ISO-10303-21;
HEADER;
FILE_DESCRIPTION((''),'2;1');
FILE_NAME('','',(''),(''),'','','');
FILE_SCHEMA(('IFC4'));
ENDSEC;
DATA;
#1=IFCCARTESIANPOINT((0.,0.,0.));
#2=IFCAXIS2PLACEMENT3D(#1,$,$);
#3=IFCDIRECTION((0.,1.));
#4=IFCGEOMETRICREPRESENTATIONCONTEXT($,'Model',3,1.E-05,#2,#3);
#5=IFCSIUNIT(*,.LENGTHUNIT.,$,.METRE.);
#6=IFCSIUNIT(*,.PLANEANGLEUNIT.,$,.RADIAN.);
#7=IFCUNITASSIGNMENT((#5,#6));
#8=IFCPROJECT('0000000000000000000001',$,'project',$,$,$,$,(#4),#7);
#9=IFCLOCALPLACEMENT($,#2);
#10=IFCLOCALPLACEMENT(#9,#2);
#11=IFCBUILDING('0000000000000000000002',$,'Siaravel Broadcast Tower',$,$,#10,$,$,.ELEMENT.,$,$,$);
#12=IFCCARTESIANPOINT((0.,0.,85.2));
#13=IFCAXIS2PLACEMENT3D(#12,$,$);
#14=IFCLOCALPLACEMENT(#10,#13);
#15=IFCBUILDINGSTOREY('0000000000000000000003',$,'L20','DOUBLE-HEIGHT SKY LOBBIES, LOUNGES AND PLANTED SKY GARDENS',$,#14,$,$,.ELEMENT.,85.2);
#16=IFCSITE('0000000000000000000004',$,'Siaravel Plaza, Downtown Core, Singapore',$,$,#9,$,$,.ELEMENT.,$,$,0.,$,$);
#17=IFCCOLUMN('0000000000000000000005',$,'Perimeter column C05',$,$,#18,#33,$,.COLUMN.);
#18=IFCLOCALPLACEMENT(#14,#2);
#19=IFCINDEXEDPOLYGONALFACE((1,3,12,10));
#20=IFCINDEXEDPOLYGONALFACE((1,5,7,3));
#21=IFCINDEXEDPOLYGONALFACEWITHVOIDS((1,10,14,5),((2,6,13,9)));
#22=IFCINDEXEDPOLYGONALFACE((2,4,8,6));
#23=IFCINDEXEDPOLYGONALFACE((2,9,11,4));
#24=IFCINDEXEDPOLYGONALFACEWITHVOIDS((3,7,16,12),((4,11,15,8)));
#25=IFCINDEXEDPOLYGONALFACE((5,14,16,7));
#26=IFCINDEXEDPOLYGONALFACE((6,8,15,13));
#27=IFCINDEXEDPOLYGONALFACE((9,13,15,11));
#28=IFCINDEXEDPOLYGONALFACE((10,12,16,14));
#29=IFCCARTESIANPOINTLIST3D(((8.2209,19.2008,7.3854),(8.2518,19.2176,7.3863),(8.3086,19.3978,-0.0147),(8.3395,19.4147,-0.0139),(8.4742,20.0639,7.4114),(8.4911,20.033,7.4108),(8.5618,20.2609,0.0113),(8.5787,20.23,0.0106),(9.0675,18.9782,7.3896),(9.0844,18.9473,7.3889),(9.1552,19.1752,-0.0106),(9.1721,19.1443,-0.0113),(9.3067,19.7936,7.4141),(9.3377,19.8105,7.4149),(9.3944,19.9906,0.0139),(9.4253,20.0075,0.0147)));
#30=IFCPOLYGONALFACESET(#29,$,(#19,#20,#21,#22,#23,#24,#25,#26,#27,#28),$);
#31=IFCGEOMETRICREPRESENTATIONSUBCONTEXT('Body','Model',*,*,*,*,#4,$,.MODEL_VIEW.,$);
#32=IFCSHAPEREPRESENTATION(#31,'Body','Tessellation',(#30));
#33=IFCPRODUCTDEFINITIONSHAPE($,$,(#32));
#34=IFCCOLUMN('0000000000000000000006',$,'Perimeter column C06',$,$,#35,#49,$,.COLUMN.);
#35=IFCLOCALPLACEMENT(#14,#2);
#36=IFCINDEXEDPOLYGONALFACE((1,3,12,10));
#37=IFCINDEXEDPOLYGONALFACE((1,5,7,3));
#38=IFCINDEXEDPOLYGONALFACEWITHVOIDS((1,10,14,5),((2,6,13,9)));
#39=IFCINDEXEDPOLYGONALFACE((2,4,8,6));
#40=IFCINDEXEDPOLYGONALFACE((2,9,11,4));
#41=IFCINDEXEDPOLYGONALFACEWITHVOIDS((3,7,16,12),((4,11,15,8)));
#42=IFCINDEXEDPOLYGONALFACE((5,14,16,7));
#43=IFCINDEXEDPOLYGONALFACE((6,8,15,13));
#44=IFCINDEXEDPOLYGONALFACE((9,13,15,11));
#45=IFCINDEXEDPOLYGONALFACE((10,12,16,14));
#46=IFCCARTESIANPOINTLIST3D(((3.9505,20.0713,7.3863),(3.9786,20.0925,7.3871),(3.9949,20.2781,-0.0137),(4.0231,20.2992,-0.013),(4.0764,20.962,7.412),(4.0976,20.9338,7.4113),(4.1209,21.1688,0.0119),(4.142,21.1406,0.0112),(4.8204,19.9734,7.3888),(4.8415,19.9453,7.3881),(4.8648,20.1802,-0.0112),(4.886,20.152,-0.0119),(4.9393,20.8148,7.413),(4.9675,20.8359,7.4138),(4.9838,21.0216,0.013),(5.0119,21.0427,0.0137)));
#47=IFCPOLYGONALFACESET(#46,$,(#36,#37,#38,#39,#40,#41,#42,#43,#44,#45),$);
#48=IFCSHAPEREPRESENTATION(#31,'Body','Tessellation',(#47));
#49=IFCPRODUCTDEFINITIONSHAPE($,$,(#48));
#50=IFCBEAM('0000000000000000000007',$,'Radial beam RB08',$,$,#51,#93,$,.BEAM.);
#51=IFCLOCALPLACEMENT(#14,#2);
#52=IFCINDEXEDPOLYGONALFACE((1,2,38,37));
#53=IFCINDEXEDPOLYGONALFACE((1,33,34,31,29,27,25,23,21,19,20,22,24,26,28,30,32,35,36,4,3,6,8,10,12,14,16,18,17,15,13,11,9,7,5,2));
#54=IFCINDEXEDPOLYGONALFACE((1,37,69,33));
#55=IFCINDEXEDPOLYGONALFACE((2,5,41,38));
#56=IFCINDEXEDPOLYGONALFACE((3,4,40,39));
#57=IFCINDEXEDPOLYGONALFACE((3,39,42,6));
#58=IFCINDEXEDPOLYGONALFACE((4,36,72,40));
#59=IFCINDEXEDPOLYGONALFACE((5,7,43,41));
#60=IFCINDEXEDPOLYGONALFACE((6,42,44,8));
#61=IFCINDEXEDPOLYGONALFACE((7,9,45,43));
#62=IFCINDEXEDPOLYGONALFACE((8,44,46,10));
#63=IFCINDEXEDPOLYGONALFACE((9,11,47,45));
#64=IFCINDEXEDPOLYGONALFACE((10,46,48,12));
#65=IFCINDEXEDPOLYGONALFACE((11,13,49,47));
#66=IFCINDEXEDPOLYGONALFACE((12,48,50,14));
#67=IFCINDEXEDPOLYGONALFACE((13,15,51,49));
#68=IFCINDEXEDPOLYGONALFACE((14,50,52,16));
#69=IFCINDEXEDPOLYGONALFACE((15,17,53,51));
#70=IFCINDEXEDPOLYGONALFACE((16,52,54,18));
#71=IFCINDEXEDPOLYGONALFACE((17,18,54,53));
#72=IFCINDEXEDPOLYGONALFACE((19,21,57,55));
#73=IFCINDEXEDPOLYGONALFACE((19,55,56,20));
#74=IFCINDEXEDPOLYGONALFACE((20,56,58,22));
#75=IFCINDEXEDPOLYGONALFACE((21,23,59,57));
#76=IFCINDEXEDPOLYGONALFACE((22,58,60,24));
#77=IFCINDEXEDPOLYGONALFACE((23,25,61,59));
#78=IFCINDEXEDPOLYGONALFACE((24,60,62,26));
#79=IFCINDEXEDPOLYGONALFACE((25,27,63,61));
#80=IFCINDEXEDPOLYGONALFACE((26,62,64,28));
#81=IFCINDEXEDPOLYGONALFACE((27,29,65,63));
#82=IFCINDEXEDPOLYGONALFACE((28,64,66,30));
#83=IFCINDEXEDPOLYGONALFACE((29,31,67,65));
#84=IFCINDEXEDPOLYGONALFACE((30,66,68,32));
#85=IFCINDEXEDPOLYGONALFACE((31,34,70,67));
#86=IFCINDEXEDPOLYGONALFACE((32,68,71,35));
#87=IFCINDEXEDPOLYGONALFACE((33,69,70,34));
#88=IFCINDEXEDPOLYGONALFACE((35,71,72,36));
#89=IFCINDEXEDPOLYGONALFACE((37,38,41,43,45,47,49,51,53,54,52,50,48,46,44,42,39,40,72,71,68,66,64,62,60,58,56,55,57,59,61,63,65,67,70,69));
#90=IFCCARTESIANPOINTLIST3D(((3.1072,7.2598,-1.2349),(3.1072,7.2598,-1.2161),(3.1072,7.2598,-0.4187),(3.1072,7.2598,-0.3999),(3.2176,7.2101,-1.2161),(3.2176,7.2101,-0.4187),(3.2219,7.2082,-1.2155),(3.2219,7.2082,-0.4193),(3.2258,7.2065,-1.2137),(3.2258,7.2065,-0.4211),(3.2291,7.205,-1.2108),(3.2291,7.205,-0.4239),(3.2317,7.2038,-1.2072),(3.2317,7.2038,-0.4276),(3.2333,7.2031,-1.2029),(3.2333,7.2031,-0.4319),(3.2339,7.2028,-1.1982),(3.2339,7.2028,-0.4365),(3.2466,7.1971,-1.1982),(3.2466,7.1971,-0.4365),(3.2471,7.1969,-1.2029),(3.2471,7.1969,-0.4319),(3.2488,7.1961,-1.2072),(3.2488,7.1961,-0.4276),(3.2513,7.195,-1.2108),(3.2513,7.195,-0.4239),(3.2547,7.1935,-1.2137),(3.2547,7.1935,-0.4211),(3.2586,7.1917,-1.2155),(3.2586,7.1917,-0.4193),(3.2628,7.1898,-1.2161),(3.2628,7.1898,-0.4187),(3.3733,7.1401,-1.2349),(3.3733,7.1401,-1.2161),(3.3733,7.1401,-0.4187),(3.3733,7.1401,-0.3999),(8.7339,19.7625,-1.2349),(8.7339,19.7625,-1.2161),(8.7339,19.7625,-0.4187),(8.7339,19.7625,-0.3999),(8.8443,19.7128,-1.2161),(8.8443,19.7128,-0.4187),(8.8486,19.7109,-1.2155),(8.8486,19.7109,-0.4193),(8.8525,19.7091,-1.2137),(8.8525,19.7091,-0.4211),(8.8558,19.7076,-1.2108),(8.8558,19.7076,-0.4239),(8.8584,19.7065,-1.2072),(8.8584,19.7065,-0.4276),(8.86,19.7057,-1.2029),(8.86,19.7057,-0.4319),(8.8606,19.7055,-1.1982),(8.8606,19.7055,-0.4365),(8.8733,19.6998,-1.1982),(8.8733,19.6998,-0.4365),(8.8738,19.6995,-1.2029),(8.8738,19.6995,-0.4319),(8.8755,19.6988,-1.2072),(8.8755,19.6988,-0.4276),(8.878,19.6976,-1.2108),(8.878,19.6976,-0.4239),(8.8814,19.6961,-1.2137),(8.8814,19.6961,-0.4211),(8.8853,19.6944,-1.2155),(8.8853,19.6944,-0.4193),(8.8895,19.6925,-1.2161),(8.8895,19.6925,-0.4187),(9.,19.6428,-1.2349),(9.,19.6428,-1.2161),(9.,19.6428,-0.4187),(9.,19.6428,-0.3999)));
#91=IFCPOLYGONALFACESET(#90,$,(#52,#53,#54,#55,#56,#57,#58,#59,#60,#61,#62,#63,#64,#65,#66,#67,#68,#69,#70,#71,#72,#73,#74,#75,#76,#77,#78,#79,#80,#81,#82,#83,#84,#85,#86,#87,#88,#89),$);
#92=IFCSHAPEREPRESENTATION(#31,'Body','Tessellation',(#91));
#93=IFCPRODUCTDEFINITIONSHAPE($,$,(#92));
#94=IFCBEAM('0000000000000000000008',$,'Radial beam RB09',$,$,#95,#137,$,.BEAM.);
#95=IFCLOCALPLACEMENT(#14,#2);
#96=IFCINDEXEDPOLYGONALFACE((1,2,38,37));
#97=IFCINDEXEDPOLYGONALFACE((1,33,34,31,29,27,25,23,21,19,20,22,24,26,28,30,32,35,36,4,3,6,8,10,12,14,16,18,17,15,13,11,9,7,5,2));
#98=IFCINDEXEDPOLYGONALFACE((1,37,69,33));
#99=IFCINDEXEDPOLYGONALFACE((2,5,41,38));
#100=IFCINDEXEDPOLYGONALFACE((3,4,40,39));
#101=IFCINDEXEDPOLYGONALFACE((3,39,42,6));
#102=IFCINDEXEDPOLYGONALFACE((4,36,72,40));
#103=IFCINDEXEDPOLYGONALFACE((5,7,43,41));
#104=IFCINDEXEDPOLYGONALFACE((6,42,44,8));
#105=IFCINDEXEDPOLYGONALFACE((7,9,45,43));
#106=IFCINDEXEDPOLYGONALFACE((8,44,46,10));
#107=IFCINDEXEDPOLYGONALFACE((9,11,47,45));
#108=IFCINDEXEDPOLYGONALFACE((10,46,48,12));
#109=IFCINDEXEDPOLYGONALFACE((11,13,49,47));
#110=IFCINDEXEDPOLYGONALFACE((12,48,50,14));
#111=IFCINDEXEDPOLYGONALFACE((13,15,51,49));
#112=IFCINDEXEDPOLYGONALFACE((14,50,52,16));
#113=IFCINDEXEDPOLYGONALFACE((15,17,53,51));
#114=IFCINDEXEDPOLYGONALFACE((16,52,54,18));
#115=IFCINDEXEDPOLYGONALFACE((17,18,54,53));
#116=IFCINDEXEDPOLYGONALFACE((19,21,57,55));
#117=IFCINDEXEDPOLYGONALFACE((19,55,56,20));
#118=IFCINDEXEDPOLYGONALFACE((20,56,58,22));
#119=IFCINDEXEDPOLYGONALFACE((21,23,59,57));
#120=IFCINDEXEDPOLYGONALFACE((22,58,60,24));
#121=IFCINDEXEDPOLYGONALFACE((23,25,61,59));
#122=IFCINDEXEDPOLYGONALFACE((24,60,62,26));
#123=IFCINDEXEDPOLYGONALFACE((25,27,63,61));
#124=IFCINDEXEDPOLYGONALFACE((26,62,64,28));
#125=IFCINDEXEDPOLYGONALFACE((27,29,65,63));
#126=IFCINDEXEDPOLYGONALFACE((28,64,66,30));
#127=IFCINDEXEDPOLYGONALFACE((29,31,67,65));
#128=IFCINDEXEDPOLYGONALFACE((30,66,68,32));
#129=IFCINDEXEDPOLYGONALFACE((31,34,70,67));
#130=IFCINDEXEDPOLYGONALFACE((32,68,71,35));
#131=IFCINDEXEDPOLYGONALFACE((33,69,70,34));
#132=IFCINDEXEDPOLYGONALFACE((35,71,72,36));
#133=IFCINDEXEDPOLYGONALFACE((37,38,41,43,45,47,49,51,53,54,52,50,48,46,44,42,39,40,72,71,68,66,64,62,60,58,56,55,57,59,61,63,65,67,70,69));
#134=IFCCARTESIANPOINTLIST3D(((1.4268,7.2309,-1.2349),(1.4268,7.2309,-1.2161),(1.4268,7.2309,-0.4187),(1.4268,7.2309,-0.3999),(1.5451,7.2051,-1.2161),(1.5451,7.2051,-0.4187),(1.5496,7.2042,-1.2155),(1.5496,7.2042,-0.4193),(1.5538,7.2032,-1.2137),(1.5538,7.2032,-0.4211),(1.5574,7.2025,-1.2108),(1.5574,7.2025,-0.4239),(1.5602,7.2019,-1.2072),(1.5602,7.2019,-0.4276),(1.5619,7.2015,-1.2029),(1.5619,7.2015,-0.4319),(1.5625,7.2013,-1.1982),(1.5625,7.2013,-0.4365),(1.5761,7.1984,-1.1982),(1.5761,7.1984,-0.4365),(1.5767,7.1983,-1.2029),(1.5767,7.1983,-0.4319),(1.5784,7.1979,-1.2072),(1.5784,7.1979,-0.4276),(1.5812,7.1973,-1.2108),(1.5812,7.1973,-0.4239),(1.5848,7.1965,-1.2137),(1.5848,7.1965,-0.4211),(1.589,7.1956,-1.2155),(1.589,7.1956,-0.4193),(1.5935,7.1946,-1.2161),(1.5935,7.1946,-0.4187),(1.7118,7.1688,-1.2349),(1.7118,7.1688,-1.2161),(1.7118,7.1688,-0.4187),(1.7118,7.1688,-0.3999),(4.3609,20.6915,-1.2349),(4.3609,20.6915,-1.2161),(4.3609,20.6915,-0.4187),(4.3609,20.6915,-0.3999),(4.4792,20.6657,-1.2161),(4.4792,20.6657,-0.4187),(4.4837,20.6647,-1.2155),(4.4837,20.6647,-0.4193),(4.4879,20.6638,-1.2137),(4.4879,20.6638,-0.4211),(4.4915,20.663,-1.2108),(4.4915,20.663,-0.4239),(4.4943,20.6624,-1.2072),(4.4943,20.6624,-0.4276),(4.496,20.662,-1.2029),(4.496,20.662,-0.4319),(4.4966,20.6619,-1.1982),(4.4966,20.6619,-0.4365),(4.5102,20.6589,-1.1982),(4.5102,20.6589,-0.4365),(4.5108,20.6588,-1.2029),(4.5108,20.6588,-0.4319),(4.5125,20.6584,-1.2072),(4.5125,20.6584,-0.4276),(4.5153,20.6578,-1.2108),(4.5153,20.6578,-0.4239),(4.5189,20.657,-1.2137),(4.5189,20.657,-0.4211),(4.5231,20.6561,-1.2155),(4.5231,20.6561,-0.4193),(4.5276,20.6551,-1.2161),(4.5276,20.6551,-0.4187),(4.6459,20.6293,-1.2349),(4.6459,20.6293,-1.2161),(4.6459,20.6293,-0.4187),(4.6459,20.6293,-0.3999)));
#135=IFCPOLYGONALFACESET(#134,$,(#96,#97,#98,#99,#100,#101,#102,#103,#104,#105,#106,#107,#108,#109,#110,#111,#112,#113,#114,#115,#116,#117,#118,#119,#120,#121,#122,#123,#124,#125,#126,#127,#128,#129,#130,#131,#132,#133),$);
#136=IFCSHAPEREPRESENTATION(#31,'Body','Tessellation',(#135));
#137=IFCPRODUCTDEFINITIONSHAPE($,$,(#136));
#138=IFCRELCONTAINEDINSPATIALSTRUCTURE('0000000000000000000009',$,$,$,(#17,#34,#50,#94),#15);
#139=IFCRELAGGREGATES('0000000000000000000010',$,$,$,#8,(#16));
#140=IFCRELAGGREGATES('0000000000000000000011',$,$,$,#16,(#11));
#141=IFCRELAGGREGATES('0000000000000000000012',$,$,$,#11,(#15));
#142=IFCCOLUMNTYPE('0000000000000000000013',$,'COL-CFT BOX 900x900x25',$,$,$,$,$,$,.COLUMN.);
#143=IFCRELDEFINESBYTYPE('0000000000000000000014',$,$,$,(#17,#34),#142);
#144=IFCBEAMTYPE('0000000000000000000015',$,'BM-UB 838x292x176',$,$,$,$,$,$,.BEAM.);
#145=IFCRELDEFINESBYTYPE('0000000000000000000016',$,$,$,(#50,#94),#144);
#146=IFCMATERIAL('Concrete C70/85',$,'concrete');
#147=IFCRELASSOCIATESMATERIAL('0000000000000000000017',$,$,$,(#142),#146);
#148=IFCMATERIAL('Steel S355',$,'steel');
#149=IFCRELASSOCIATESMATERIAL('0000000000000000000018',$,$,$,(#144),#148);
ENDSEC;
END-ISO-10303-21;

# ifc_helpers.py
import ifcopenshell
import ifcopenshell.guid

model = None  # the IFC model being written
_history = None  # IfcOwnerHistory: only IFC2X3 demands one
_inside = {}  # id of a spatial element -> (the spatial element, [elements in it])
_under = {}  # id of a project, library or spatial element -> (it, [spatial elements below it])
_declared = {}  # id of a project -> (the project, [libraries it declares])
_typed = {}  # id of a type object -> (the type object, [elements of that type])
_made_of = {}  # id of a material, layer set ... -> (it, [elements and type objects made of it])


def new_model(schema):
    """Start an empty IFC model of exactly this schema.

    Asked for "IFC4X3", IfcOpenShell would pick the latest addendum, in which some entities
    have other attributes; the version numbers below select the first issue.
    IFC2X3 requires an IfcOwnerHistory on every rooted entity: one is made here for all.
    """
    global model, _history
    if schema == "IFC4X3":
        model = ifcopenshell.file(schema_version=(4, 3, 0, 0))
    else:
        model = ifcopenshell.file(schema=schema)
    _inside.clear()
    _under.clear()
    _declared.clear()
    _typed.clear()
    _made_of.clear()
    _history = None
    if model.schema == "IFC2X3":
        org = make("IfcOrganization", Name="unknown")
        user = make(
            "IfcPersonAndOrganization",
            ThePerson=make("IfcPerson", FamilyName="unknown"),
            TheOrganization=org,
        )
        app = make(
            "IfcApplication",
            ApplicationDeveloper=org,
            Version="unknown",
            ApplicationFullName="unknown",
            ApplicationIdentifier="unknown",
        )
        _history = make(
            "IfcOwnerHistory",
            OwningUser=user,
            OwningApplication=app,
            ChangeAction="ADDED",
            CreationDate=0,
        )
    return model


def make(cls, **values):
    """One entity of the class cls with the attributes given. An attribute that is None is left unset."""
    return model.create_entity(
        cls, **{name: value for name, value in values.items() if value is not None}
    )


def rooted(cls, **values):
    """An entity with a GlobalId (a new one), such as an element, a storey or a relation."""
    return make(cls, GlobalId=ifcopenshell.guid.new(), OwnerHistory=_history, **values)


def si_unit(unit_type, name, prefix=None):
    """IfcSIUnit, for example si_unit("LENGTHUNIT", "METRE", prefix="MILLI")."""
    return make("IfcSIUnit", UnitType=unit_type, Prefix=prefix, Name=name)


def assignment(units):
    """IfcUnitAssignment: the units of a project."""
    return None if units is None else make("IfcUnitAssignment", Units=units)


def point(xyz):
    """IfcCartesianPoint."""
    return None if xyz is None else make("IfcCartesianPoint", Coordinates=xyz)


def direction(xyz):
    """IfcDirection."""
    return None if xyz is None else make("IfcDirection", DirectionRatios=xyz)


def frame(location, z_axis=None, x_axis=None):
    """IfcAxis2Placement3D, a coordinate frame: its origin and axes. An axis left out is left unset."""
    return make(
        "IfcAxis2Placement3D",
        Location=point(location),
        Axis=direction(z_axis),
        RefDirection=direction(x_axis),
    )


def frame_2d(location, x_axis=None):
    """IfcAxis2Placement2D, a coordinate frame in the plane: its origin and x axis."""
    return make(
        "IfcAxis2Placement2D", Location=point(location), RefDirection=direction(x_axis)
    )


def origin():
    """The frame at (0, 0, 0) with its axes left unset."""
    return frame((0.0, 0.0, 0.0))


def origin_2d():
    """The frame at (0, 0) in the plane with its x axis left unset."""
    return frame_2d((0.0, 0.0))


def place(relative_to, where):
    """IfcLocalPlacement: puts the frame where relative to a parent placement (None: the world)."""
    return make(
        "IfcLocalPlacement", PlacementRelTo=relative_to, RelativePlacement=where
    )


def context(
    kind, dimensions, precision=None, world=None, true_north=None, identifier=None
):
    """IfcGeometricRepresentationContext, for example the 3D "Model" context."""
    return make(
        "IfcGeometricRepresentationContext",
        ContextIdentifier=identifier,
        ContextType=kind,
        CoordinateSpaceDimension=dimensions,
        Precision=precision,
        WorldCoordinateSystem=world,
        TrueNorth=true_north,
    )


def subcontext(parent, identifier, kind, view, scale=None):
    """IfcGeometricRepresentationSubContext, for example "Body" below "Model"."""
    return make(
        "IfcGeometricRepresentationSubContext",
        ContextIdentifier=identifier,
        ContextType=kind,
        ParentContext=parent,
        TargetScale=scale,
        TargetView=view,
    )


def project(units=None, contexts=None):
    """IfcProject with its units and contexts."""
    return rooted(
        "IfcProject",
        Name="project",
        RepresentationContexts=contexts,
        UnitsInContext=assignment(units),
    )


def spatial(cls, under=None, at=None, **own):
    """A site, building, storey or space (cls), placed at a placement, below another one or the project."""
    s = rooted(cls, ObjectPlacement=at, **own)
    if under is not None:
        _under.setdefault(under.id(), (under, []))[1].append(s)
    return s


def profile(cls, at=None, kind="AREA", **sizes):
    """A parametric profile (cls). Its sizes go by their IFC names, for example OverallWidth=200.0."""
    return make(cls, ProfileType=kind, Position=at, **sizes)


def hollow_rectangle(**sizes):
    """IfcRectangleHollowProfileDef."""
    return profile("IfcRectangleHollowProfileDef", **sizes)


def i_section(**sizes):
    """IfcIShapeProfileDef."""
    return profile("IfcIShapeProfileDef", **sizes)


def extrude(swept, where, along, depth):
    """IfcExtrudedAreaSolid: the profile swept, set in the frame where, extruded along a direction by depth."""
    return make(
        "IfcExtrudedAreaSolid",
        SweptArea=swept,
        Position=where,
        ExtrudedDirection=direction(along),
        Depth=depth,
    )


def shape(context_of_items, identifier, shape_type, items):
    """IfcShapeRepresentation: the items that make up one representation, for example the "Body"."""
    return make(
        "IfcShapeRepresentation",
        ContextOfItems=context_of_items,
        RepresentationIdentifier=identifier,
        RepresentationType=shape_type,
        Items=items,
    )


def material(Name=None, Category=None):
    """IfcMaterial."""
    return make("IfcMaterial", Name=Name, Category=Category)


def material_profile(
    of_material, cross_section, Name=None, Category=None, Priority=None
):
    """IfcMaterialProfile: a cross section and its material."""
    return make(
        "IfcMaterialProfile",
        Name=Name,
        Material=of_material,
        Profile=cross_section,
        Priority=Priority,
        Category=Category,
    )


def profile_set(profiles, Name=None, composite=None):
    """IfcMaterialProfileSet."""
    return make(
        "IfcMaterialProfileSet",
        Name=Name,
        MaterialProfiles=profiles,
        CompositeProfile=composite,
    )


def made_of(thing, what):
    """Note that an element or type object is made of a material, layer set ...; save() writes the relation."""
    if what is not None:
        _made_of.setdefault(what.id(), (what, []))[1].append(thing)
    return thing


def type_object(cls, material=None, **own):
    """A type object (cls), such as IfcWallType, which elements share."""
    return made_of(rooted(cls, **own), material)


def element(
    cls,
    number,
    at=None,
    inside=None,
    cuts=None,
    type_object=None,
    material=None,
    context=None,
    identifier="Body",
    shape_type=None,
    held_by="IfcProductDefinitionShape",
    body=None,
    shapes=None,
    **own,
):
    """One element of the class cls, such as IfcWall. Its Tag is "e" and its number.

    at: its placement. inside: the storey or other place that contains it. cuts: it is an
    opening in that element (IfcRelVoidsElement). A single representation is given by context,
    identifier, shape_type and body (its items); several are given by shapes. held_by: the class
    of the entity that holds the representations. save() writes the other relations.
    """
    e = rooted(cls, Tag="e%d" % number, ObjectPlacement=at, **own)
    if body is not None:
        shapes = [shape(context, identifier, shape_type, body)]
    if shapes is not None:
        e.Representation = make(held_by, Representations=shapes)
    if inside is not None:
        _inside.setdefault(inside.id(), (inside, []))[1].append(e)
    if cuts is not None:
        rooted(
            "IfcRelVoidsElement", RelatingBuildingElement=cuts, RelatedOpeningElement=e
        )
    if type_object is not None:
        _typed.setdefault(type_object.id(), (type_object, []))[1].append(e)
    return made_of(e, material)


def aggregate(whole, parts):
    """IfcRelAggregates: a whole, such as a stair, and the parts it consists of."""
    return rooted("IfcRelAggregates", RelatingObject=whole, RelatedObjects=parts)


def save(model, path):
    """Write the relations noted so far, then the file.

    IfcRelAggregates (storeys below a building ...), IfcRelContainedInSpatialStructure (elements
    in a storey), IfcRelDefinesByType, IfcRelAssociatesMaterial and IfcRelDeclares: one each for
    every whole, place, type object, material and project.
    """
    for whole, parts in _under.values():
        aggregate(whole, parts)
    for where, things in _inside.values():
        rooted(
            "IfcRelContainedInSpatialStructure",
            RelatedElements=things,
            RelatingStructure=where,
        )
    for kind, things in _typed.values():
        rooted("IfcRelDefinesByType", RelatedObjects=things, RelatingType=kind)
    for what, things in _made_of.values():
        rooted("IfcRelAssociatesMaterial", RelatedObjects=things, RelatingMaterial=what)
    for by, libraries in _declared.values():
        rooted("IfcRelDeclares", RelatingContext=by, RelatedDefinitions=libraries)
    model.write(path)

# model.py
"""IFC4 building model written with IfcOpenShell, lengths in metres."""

from ifc_helpers import new_model, si_unit, direction, frame, origin, origin_2d, place, context, subcontext, project, spatial, hollow_rectangle, i_section, extrude, material, material_profile, profile_set, type_object, element, save


model = new_model("IFC4")

# Units and contexts
model_context = context("Model", 3, precision=1e-05, world=origin(), true_north=direction((0.0, 1.0)))
body_context = subcontext(model_context, "Body", "Model", "MODEL_VIEW")
ifc_project = project(units=[si_unit("LENGTHUNIT", "METRE"), si_unit("PLANEANGLEUNIT", "RADIAN")], contexts=[model_context])

# Site, building, storey
site_placement = place(None, origin())
site = spatial("IfcSite", under=ifc_project, at=site_placement, Name="Siaravel Plaza, Downtown Core, Singapore", CompositionType="ELEMENT", RefElevation=0.0)
building_placement = place(site_placement, origin())
building = spatial("IfcBuilding", under=site, at=building_placement, Name="Siaravel Broadcast Tower", CompositionType="ELEMENT")
storey_placement = place(building_placement, frame((0.0, 0.0, 85.2)))
storey = spatial("IfcBuildingStorey", under=building, at=storey_placement, Name="L20", Description="DOUBLE-HEIGHT SKY LOBBIES, LOUNGES AND PLANTED SKY GARDENS", CompositionType="ELEMENT", Elevation=85.2)

# Columns
ifc_material_1 = material(Name="Concrete C70/85", Category="concrete")
ifc_material_profile_1 = material_profile(ifc_material_1, hollow_rectangle(XDim=0.8999, YDim=0.8999, WallThickness=0.0249, at=origin_2d()))
ifc_profile_set_1 = profile_set([ifc_material_profile_1], Name="Concrete C70/85")
column_type = type_object("IfcColumnType", Name="COL-CFT BOX 900x900x25", PredefinedType="COLUMN", material=ifc_profile_set_1)
column_1_placement = place(storey_placement, frame((8.8669, 19.7026, 0.0), z_axis=(-0.011839, -0.026613, 0.999576), x_axis=(0.959516, -0.281627, 0.003866)))
element("IfcColumn", 1, at=column_1_placement, inside=storey, type_object=column_type, Name="Perimeter column C05", PredefinedType="COLUMN", context=body_context, shape_type="SweptSolid", body=[
    extrude(hollow_rectangle(XDim=0.8999, YDim=0.8999, WallThickness=0.0249, at=origin_2d()), origin(), (0.0, 0.0, 1.0), 7.4033),
])
column_2_placement = place(storey_placement, frame((4.5034, 20.6604, 0.0), z_axis=(-0.006002, -0.027932, 0.999592), x_axis=(0.990142, -0.14005, 0.002032)))
element("IfcColumn", 2, at=column_2_placement, inside=storey, type_object=column_type, Name="Perimeter column C06", PredefinedType="COLUMN", context=body_context, shape_type="SweptSolid", body=[
    extrude(hollow_rectangle(XDim=0.8999, YDim=0.8999, WallThickness=0.0249, at=origin_2d()), origin(), (0.0, 0.0, 1.0), 7.4031),
])

# Beams
ifc_material_2 = material(Name="Steel S355", Category="steel")
ifc_material_profile_2 = material_profile(ifc_material_2, i_section(OverallWidth=0.2917, OverallDepth=0.835, WebThickness=0.0139, FlangeThickness=0.0188, FilletRadius=0.0178, at=origin_2d()))
ifc_profile_set_2 = profile_set([ifc_material_profile_2], Name="Steel S355")
beam_type = type_object("IfcBeamType", Name="BM-UB 838x292x176", PredefinedType="BEAM", material=ifc_profile_set_2)
beam_1_placement = place(storey_placement, frame((8.8669, 19.7026, -0.8174), z_axis=(-0.410395, -0.911908, 0.0), x_axis=(0.911908, -0.410395, 0.0)))
element("IfcBeam", 3, at=beam_1_placement, inside=storey, type_object=beam_type, Name="Radial beam RB08", PredefinedType="BEAM", context=body_context, shape_type="SweptSolid", body=[
    extrude(i_section(OverallWidth=0.2917, OverallDepth=0.835, WebThickness=0.0139, FlangeThickness=0.0188, FilletRadius=0.0178, at=origin_2d()), origin(), (0.0, 0.0, 1.0), 13.7104),
])
beam_2_placement = place(storey_placement, frame((4.5034, 20.6604, -0.8174), z_axis=(-0.212977, -0.977057, 0.0), x_axis=(0.977057, -0.212977, 0.0)))
element("IfcBeam", 4, at=beam_2_placement, inside=storey, type_object=beam_type, Name="Radial beam RB09", PredefinedType="BEAM", context=body_context, shape_type="SweptSolid", body=[
    extrude(i_section(OverallWidth=0.2917, OverallDepth=0.835, WebThickness=0.0139, FlangeThickness=0.0188, FilletRadius=0.0178, at=origin_2d()), origin(), (0.0, 0.0, 1.0), 13.7766),
])

save(model, "model.ifc")
